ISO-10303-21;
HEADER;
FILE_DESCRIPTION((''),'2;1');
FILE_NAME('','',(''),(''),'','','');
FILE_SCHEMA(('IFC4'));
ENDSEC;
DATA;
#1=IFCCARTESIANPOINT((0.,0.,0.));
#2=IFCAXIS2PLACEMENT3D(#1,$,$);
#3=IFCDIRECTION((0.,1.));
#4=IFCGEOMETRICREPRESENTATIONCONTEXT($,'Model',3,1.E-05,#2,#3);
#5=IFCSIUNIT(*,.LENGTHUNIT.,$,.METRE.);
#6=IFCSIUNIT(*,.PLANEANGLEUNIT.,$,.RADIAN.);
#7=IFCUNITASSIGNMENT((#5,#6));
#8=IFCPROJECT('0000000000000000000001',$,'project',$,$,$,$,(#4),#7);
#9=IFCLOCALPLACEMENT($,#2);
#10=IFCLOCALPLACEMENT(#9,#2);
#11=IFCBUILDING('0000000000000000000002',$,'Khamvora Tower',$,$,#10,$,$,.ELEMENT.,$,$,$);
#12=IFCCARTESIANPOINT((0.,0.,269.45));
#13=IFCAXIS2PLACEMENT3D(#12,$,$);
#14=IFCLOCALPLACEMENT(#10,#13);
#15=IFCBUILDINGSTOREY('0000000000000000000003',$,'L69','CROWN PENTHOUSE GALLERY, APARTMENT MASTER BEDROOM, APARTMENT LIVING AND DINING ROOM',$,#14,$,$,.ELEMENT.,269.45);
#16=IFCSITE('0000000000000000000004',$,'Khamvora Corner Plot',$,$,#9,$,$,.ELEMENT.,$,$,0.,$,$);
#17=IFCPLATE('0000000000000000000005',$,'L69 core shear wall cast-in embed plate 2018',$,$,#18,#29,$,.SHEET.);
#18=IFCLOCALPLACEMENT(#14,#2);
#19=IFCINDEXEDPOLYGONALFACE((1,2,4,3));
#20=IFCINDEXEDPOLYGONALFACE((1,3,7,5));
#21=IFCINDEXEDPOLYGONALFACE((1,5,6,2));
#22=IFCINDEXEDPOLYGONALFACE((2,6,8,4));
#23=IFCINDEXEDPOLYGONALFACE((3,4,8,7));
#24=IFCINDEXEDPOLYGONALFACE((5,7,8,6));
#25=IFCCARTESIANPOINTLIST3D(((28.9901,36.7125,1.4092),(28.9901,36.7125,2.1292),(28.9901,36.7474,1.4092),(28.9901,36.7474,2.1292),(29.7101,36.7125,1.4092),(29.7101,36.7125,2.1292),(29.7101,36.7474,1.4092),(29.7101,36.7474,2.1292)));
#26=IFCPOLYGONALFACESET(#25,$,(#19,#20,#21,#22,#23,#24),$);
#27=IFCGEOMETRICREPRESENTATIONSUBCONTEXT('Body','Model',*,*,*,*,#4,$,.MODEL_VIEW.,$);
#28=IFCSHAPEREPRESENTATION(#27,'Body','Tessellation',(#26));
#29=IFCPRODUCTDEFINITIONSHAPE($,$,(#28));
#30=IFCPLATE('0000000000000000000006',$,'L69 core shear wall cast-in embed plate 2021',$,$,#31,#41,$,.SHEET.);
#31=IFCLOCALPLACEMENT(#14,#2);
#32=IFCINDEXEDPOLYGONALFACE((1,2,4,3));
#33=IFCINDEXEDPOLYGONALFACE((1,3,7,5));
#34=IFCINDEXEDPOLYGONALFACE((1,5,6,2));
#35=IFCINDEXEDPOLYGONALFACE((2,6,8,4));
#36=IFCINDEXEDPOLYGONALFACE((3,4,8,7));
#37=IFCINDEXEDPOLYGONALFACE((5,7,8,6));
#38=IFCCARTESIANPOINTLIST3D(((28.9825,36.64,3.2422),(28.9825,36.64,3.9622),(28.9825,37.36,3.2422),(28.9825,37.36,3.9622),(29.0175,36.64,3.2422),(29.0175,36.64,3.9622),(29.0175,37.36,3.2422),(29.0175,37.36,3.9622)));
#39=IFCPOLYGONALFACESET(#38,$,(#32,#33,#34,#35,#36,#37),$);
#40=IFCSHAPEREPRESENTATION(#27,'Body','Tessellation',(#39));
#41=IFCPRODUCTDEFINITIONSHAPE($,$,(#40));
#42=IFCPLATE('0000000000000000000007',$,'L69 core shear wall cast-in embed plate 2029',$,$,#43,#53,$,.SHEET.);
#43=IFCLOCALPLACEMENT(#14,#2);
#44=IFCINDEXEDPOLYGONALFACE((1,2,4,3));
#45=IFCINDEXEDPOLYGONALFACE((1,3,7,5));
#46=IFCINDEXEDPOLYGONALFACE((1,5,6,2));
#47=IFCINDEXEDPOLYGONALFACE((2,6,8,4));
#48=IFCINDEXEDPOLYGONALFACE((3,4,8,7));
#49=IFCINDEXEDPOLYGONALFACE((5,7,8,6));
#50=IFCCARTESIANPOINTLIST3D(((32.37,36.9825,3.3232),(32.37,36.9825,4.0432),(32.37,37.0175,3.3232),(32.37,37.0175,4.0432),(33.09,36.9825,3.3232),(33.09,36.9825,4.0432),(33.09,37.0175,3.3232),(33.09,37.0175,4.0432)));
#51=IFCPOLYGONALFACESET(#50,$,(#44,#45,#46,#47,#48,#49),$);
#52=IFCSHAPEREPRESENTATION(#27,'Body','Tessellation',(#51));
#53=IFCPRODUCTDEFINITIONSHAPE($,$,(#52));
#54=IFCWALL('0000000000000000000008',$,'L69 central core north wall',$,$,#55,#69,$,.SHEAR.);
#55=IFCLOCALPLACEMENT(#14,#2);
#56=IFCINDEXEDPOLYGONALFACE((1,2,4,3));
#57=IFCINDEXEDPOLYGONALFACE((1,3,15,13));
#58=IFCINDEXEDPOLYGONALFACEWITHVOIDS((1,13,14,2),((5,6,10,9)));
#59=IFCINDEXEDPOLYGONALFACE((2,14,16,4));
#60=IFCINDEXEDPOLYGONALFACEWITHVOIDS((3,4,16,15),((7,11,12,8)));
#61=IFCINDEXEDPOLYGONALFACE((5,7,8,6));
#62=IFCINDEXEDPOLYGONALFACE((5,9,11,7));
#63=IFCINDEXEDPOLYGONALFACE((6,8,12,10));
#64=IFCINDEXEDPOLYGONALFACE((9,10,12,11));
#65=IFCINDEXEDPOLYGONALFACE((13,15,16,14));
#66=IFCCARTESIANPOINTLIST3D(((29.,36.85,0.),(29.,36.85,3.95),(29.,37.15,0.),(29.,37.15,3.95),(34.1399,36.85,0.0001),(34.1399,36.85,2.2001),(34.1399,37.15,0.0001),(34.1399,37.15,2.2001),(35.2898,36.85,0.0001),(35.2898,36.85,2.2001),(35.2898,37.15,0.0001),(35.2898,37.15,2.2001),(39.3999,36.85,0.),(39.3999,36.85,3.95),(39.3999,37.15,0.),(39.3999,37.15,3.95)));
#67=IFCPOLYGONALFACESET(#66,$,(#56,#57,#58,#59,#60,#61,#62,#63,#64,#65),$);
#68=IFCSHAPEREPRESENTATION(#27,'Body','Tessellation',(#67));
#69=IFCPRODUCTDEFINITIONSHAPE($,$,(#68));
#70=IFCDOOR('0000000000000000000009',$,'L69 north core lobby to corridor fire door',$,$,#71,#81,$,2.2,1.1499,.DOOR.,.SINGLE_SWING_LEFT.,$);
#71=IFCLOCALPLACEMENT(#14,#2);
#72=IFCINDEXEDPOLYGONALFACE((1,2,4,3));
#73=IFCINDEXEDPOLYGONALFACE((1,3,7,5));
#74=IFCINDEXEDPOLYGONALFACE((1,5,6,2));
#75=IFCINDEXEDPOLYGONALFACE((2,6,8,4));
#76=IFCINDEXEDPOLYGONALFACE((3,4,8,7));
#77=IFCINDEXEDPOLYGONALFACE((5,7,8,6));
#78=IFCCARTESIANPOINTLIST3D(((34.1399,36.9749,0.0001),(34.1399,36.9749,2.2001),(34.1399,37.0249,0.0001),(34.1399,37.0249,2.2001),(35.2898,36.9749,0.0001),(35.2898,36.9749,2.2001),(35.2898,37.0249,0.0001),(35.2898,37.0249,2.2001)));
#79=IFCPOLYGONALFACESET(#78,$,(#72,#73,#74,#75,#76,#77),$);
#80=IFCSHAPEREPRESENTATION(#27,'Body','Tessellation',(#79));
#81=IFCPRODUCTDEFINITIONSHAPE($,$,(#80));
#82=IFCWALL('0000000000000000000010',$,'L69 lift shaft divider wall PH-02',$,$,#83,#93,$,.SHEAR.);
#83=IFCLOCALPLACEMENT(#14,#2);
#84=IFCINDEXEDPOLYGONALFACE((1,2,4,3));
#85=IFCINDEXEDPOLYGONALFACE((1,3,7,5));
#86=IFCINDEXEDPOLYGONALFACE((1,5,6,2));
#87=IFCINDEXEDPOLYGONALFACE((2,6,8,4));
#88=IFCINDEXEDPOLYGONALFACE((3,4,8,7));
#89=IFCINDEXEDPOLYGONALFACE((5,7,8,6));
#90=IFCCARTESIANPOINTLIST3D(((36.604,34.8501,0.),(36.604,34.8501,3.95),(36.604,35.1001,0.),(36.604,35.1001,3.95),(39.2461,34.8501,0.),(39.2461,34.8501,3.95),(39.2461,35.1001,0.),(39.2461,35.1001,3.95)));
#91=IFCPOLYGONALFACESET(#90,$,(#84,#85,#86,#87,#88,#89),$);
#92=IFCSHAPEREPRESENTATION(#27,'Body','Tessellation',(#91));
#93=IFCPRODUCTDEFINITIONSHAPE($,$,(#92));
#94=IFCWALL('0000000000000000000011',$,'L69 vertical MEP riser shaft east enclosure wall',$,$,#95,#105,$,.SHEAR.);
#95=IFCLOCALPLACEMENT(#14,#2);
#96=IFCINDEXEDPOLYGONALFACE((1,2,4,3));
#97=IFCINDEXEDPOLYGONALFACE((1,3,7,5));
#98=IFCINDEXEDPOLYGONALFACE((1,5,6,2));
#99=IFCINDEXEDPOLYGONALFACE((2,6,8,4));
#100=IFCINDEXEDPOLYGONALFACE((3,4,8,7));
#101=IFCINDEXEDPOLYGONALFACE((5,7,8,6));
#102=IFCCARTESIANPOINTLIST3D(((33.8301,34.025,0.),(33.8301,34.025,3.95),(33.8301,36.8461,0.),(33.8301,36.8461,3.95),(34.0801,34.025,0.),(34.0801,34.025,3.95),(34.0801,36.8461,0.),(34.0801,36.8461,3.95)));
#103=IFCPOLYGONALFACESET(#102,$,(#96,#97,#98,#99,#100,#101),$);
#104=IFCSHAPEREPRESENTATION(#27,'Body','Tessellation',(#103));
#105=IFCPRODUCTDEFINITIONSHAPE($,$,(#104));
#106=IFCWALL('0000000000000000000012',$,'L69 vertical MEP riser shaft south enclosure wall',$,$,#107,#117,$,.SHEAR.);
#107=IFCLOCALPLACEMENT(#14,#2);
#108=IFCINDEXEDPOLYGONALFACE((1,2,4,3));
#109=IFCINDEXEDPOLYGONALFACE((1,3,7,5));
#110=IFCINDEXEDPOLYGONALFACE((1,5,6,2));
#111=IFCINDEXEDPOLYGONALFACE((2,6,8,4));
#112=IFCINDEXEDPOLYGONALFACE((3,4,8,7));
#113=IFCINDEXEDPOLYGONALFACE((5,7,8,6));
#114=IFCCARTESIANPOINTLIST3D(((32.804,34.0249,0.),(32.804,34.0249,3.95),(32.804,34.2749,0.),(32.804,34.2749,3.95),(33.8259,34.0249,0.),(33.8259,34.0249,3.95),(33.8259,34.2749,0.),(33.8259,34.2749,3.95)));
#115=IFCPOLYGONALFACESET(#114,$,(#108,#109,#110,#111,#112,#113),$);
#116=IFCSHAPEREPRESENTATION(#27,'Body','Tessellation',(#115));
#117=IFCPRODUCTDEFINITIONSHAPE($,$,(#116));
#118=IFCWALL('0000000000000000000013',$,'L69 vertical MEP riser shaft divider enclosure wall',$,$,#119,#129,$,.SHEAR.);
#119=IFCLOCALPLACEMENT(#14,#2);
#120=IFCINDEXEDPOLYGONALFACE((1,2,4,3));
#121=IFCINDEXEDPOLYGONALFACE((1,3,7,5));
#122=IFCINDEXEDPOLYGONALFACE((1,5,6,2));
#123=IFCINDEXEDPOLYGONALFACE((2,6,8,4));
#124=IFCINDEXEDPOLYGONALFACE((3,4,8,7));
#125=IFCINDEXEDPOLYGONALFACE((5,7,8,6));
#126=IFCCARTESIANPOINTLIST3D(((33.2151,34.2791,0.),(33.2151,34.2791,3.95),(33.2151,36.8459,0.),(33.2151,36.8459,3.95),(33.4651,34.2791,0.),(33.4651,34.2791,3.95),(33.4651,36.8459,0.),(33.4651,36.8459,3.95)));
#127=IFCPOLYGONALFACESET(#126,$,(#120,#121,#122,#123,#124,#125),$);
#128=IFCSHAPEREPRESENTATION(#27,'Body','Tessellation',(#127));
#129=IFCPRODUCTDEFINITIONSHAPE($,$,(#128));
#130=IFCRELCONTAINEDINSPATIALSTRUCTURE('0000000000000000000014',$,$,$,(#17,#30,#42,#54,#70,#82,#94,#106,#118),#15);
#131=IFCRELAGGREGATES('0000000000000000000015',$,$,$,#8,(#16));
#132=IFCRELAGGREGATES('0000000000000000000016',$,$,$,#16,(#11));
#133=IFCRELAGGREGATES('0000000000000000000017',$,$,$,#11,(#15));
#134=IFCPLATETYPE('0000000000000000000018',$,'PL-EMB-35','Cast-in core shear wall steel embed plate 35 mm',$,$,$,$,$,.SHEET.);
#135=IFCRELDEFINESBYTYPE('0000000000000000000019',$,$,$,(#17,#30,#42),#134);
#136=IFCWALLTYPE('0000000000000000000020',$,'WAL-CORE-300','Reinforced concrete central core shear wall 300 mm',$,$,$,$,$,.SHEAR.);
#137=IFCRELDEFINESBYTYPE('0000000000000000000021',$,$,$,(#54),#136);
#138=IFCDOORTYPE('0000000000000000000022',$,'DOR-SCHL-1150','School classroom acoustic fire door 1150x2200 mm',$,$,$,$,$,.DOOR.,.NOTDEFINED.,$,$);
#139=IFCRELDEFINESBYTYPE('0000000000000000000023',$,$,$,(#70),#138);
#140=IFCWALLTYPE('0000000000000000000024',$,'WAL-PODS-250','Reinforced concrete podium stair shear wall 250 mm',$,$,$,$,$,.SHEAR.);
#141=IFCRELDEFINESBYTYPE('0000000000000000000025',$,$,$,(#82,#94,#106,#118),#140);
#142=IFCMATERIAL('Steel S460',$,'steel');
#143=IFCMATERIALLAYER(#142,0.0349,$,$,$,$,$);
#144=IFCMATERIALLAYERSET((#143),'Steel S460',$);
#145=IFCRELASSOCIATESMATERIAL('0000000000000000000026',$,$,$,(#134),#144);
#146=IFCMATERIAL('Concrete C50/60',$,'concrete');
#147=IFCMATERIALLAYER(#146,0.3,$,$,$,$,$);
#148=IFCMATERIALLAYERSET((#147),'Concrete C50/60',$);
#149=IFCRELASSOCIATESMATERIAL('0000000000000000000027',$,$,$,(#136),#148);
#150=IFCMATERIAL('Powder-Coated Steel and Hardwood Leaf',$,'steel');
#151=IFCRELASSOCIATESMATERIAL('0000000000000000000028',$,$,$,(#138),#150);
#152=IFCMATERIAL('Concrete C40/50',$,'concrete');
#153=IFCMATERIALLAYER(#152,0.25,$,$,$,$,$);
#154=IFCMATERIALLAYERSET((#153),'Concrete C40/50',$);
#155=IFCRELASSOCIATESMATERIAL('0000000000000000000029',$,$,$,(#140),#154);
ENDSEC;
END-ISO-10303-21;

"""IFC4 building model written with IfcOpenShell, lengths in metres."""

from ifc_helpers import new_model, si_unit, direction, frame, frame_2d, origin, origin_2d, place, context, subcontext, project, spatial, rectangle, extrude, material, layer, layer_set, type_object, element, fill, save


model = new_model("IFC4")

# Units and contexts
model_context = context("Model", 3, precision=1e-05, world=origin(), true_north=direction((0.0, 1.0)))
body_context = subcontext(model_context, "Body", "Model", "MODEL_VIEW")
ifc_project = project(units=[si_unit("LENGTHUNIT", "METRE"), si_unit("PLANEANGLEUNIT", "RADIAN")], contexts=[model_context])

# Site, building, storey
site_placement = place(None, origin())
site = spatial("IfcSite", under=ifc_project, at=site_placement, Name="Khamvora Corner Plot", CompositionType="ELEMENT", RefElevation=0.0)
building_placement = place(site_placement, origin())
building = spatial("IfcBuilding", under=site, at=building_placement, Name="Khamvora Tower", CompositionType="ELEMENT")
storey_placement = place(building_placement, frame((0.0, 0.0, 269.45)))
storey = spatial("IfcBuildingStorey", under=building, at=storey_placement, Name="L69", Description="CROWN PENTHOUSE GALLERY, APARTMENT MASTER BEDROOM, APARTMENT LIVING AND DINING ROOM", CompositionType="ELEMENT", Elevation=269.45)

# Plates
ifc_material_1 = material(Name="Steel S460", Category="steel")
ifc_layer_1 = layer(ifc_material_1, 0.0349)
ifc_layer_set_1 = layer_set([ifc_layer_1], Name="Steel S460")
plate_type = type_object("IfcPlateType", Name="PL-EMB-35", Description="Cast-in core shear wall steel embed plate 35 mm", PredefinedType="SHEET", material=ifc_layer_set_1)
plate_1_placement = place(storey_placement, frame((29.3501, 36.73, 1.4092), z_axis=(0.0, 0.0, 1.0), x_axis=(1.0, 0.0, 0.0)))
element("IfcPlate", 1, at=plate_1_placement, inside=storey, type_object=plate_type, Name="L69 core shear wall cast-in embed plate 2018", PredefinedType="SHEET", context=body_context, shape_type="SweptSolid", body=[
    extrude(rectangle(XDim=0.72, YDim=0.0349, at=origin_2d()), origin(), (0.0, 0.0, 1.0), 0.72),
])
plate_2_placement = place(storey_placement, frame((29.0, 37.0, 3.2422), z_axis=(0.0, 0.0, 1.0), x_axis=(1.0, 0.0, 0.0)))
element("IfcPlate", 2, at=plate_2_placement, inside=storey, type_object=plate_type, Name="L69 core shear wall cast-in embed plate 2021", PredefinedType="SHEET", context=body_context, shape_type="SweptSolid", body=[
    extrude(rectangle(XDim=0.0349, YDim=0.72, at=origin_2d()), origin(), (0.0, 0.0, 1.0), 0.72),
])
plate_3_placement = place(storey_placement, frame((32.73, 37.0, 3.3232), z_axis=(0.0, 0.0, 1.0), x_axis=(1.0, 0.0, 0.0)))
element("IfcPlate", 3, at=plate_3_placement, inside=storey, type_object=plate_type, Name="L69 core shear wall cast-in embed plate 2029", PredefinedType="SHEET", context=body_context, shape_type="SweptSolid", body=[
    extrude(rectangle(XDim=0.72, YDim=0.0349, at=origin_2d()), origin(), (0.0, 0.0, 1.0), 0.72),
])

# Wall, opening, door
ifc_material_2 = material(Name="Concrete C50/60", Category="concrete")
ifc_layer_2 = layer(ifc_material_2, 0.3)
ifc_layer_set_2 = layer_set([ifc_layer_2], Name="Concrete C50/60")
wall_type_1 = type_object("IfcWallType", Name="WAL-CORE-300", Description="Reinforced concrete central core shear wall 300 mm", PredefinedType="SHEAR", material=ifc_layer_set_2)
wall_1_placement = place(storey_placement, frame((29.0, 37.0, 0.0), z_axis=(0.0, 0.0, 1.0), x_axis=(1.0, 0.0, 0.0)))
wall_1 = element("IfcWall", 4, at=wall_1_placement, inside=storey, type_object=wall_type_1, Name="L69 central core north wall", PredefinedType="SHEAR", context=body_context, shape_type="SweptSolid", body=[
    extrude(rectangle(XDim=10.3999, YDim=0.3, at=frame_2d((5.2, 0.0))), origin(), (0.0, 0.0, 1.0), 3.95),
])
opening_placement = place(wall_1_placement, frame((5.1399, 0.0, 0.0)))
opening = element("IfcOpeningElement", 5, at=opening_placement, cuts=wall_1, PredefinedType="OPENING", context=body_context, shape_type="SweptSolid", body=[
    extrude(rectangle(XDim=1.1499, YDim=2.2, at=frame_2d((0.575, 1.1001))), frame((0.0, 0.1599, 0.0), z_axis=(0.0, -1.0, 0.0), x_axis=(1.0, 0.0, 0.0)), (0.0, 0.0, 1.0), 0.3201),
])
ifc_material_3 = material(Name="Powder-Coated Steel and Hardwood Leaf", Category="steel")
door_type = type_object("IfcDoorType", Name="DOR-SCHL-1150", Description="School classroom acoustic fire door 1150x2200 mm", OperationType="NOTDEFINED", PredefinedType="DOOR", material=ifc_material_3)
door_placement = place(opening_placement, origin())
door = element("IfcDoor", 6, at=door_placement, inside=storey, type_object=door_type, Name="L69 north core lobby to corridor fire door", OperationType="SINGLE_SWING_LEFT", OverallHeight=2.2, OverallWidth=1.1499, PredefinedType="DOOR", context=body_context, shape_type="SweptSolid", body=[
    extrude(rectangle(XDim=1.1499, YDim=2.2, at=frame_2d((0.575, 1.1001))), frame((0.0, 0.0249, 0.0), z_axis=(0.0, -1.0, 0.0), x_axis=(1.0, 0.0, 0.0)), (0.0, 0.0, 1.0), 0.05),
])
fill(opening, door)

# Walls
ifc_material_4 = material(Name="Concrete C40/50", Category="concrete")
ifc_layer_3 = layer(ifc_material_4, 0.25)
ifc_layer_set_3 = layer_set([ifc_layer_3], Name="Concrete C40/50")
wall_type_2 = type_object("IfcWallType", Name="WAL-PODS-250", Description="Reinforced concrete podium stair shear wall 250 mm", PredefinedType="SHEAR", material=ifc_layer_set_3)
wall_2_placement = place(storey_placement, frame((36.604, 34.9751, 0.0), z_axis=(0.0, 0.0, 1.0), x_axis=(1.0, 0.0, 0.0)))
element("IfcWall", 7, at=wall_2_placement, inside=storey, type_object=wall_type_2, Name="L69 lift shaft divider wall PH-02", PredefinedType="SHEAR", context=body_context, shape_type="SweptSolid", body=[
    extrude(rectangle(XDim=2.6421, YDim=0.25, at=frame_2d((1.321, 0.0))), origin(), (0.0, 0.0, 1.0), 3.95),
])
wall_3_placement = place(storey_placement, frame((33.9551, 34.0249, 0.0), z_axis=(0.0, 0.0, 1.0), x_axis=(0.0, 1.0, 0.0)))
element("IfcWall", 8, at=wall_3_placement, inside=storey, type_object=wall_type_2, Name="L69 vertical MEP riser shaft east enclosure wall", PredefinedType="SHEAR", context=body_context, shape_type="SweptSolid", body=[
    extrude(rectangle(XDim=2.821, YDim=0.25, at=frame_2d((1.4106, 0.0))), origin(), (0.0, 0.0, 1.0), 3.95),
])
wall_4_placement = place(storey_placement, frame((32.804, 34.1499, 0.0), z_axis=(0.0, 0.0, 1.0), x_axis=(1.0, 0.0, 0.0)))
element("IfcWall", 9, at=wall_4_placement, inside=storey, type_object=wall_type_2, Name="L69 vertical MEP riser shaft south enclosure wall", PredefinedType="SHEAR", context=body_context, shape_type="SweptSolid", body=[
    extrude(rectangle(XDim=1.022, YDim=0.25, at=frame_2d((0.511, 0.0))), origin(), (0.0, 0.0, 1.0), 3.95),
])
wall_5_placement = place(storey_placement, frame((33.3401, 34.2791, 0.0), z_axis=(0.0, 0.0, 1.0), x_axis=(0.0, 1.0, 0.0)))
element("IfcWall", 10, at=wall_5_placement, inside=storey, type_object=wall_type_2, Name="L69 vertical MEP riser shaft divider enclosure wall", PredefinedType="SHEAR", context=body_context, shape_type="SweptSolid", body=[
    extrude(rectangle(XDim=2.5669, YDim=0.25, at=frame_2d((1.2834, 0.0))), origin(), (0.0, 0.0, 1.0), 3.95),
])

save(model, "model.ifc")
